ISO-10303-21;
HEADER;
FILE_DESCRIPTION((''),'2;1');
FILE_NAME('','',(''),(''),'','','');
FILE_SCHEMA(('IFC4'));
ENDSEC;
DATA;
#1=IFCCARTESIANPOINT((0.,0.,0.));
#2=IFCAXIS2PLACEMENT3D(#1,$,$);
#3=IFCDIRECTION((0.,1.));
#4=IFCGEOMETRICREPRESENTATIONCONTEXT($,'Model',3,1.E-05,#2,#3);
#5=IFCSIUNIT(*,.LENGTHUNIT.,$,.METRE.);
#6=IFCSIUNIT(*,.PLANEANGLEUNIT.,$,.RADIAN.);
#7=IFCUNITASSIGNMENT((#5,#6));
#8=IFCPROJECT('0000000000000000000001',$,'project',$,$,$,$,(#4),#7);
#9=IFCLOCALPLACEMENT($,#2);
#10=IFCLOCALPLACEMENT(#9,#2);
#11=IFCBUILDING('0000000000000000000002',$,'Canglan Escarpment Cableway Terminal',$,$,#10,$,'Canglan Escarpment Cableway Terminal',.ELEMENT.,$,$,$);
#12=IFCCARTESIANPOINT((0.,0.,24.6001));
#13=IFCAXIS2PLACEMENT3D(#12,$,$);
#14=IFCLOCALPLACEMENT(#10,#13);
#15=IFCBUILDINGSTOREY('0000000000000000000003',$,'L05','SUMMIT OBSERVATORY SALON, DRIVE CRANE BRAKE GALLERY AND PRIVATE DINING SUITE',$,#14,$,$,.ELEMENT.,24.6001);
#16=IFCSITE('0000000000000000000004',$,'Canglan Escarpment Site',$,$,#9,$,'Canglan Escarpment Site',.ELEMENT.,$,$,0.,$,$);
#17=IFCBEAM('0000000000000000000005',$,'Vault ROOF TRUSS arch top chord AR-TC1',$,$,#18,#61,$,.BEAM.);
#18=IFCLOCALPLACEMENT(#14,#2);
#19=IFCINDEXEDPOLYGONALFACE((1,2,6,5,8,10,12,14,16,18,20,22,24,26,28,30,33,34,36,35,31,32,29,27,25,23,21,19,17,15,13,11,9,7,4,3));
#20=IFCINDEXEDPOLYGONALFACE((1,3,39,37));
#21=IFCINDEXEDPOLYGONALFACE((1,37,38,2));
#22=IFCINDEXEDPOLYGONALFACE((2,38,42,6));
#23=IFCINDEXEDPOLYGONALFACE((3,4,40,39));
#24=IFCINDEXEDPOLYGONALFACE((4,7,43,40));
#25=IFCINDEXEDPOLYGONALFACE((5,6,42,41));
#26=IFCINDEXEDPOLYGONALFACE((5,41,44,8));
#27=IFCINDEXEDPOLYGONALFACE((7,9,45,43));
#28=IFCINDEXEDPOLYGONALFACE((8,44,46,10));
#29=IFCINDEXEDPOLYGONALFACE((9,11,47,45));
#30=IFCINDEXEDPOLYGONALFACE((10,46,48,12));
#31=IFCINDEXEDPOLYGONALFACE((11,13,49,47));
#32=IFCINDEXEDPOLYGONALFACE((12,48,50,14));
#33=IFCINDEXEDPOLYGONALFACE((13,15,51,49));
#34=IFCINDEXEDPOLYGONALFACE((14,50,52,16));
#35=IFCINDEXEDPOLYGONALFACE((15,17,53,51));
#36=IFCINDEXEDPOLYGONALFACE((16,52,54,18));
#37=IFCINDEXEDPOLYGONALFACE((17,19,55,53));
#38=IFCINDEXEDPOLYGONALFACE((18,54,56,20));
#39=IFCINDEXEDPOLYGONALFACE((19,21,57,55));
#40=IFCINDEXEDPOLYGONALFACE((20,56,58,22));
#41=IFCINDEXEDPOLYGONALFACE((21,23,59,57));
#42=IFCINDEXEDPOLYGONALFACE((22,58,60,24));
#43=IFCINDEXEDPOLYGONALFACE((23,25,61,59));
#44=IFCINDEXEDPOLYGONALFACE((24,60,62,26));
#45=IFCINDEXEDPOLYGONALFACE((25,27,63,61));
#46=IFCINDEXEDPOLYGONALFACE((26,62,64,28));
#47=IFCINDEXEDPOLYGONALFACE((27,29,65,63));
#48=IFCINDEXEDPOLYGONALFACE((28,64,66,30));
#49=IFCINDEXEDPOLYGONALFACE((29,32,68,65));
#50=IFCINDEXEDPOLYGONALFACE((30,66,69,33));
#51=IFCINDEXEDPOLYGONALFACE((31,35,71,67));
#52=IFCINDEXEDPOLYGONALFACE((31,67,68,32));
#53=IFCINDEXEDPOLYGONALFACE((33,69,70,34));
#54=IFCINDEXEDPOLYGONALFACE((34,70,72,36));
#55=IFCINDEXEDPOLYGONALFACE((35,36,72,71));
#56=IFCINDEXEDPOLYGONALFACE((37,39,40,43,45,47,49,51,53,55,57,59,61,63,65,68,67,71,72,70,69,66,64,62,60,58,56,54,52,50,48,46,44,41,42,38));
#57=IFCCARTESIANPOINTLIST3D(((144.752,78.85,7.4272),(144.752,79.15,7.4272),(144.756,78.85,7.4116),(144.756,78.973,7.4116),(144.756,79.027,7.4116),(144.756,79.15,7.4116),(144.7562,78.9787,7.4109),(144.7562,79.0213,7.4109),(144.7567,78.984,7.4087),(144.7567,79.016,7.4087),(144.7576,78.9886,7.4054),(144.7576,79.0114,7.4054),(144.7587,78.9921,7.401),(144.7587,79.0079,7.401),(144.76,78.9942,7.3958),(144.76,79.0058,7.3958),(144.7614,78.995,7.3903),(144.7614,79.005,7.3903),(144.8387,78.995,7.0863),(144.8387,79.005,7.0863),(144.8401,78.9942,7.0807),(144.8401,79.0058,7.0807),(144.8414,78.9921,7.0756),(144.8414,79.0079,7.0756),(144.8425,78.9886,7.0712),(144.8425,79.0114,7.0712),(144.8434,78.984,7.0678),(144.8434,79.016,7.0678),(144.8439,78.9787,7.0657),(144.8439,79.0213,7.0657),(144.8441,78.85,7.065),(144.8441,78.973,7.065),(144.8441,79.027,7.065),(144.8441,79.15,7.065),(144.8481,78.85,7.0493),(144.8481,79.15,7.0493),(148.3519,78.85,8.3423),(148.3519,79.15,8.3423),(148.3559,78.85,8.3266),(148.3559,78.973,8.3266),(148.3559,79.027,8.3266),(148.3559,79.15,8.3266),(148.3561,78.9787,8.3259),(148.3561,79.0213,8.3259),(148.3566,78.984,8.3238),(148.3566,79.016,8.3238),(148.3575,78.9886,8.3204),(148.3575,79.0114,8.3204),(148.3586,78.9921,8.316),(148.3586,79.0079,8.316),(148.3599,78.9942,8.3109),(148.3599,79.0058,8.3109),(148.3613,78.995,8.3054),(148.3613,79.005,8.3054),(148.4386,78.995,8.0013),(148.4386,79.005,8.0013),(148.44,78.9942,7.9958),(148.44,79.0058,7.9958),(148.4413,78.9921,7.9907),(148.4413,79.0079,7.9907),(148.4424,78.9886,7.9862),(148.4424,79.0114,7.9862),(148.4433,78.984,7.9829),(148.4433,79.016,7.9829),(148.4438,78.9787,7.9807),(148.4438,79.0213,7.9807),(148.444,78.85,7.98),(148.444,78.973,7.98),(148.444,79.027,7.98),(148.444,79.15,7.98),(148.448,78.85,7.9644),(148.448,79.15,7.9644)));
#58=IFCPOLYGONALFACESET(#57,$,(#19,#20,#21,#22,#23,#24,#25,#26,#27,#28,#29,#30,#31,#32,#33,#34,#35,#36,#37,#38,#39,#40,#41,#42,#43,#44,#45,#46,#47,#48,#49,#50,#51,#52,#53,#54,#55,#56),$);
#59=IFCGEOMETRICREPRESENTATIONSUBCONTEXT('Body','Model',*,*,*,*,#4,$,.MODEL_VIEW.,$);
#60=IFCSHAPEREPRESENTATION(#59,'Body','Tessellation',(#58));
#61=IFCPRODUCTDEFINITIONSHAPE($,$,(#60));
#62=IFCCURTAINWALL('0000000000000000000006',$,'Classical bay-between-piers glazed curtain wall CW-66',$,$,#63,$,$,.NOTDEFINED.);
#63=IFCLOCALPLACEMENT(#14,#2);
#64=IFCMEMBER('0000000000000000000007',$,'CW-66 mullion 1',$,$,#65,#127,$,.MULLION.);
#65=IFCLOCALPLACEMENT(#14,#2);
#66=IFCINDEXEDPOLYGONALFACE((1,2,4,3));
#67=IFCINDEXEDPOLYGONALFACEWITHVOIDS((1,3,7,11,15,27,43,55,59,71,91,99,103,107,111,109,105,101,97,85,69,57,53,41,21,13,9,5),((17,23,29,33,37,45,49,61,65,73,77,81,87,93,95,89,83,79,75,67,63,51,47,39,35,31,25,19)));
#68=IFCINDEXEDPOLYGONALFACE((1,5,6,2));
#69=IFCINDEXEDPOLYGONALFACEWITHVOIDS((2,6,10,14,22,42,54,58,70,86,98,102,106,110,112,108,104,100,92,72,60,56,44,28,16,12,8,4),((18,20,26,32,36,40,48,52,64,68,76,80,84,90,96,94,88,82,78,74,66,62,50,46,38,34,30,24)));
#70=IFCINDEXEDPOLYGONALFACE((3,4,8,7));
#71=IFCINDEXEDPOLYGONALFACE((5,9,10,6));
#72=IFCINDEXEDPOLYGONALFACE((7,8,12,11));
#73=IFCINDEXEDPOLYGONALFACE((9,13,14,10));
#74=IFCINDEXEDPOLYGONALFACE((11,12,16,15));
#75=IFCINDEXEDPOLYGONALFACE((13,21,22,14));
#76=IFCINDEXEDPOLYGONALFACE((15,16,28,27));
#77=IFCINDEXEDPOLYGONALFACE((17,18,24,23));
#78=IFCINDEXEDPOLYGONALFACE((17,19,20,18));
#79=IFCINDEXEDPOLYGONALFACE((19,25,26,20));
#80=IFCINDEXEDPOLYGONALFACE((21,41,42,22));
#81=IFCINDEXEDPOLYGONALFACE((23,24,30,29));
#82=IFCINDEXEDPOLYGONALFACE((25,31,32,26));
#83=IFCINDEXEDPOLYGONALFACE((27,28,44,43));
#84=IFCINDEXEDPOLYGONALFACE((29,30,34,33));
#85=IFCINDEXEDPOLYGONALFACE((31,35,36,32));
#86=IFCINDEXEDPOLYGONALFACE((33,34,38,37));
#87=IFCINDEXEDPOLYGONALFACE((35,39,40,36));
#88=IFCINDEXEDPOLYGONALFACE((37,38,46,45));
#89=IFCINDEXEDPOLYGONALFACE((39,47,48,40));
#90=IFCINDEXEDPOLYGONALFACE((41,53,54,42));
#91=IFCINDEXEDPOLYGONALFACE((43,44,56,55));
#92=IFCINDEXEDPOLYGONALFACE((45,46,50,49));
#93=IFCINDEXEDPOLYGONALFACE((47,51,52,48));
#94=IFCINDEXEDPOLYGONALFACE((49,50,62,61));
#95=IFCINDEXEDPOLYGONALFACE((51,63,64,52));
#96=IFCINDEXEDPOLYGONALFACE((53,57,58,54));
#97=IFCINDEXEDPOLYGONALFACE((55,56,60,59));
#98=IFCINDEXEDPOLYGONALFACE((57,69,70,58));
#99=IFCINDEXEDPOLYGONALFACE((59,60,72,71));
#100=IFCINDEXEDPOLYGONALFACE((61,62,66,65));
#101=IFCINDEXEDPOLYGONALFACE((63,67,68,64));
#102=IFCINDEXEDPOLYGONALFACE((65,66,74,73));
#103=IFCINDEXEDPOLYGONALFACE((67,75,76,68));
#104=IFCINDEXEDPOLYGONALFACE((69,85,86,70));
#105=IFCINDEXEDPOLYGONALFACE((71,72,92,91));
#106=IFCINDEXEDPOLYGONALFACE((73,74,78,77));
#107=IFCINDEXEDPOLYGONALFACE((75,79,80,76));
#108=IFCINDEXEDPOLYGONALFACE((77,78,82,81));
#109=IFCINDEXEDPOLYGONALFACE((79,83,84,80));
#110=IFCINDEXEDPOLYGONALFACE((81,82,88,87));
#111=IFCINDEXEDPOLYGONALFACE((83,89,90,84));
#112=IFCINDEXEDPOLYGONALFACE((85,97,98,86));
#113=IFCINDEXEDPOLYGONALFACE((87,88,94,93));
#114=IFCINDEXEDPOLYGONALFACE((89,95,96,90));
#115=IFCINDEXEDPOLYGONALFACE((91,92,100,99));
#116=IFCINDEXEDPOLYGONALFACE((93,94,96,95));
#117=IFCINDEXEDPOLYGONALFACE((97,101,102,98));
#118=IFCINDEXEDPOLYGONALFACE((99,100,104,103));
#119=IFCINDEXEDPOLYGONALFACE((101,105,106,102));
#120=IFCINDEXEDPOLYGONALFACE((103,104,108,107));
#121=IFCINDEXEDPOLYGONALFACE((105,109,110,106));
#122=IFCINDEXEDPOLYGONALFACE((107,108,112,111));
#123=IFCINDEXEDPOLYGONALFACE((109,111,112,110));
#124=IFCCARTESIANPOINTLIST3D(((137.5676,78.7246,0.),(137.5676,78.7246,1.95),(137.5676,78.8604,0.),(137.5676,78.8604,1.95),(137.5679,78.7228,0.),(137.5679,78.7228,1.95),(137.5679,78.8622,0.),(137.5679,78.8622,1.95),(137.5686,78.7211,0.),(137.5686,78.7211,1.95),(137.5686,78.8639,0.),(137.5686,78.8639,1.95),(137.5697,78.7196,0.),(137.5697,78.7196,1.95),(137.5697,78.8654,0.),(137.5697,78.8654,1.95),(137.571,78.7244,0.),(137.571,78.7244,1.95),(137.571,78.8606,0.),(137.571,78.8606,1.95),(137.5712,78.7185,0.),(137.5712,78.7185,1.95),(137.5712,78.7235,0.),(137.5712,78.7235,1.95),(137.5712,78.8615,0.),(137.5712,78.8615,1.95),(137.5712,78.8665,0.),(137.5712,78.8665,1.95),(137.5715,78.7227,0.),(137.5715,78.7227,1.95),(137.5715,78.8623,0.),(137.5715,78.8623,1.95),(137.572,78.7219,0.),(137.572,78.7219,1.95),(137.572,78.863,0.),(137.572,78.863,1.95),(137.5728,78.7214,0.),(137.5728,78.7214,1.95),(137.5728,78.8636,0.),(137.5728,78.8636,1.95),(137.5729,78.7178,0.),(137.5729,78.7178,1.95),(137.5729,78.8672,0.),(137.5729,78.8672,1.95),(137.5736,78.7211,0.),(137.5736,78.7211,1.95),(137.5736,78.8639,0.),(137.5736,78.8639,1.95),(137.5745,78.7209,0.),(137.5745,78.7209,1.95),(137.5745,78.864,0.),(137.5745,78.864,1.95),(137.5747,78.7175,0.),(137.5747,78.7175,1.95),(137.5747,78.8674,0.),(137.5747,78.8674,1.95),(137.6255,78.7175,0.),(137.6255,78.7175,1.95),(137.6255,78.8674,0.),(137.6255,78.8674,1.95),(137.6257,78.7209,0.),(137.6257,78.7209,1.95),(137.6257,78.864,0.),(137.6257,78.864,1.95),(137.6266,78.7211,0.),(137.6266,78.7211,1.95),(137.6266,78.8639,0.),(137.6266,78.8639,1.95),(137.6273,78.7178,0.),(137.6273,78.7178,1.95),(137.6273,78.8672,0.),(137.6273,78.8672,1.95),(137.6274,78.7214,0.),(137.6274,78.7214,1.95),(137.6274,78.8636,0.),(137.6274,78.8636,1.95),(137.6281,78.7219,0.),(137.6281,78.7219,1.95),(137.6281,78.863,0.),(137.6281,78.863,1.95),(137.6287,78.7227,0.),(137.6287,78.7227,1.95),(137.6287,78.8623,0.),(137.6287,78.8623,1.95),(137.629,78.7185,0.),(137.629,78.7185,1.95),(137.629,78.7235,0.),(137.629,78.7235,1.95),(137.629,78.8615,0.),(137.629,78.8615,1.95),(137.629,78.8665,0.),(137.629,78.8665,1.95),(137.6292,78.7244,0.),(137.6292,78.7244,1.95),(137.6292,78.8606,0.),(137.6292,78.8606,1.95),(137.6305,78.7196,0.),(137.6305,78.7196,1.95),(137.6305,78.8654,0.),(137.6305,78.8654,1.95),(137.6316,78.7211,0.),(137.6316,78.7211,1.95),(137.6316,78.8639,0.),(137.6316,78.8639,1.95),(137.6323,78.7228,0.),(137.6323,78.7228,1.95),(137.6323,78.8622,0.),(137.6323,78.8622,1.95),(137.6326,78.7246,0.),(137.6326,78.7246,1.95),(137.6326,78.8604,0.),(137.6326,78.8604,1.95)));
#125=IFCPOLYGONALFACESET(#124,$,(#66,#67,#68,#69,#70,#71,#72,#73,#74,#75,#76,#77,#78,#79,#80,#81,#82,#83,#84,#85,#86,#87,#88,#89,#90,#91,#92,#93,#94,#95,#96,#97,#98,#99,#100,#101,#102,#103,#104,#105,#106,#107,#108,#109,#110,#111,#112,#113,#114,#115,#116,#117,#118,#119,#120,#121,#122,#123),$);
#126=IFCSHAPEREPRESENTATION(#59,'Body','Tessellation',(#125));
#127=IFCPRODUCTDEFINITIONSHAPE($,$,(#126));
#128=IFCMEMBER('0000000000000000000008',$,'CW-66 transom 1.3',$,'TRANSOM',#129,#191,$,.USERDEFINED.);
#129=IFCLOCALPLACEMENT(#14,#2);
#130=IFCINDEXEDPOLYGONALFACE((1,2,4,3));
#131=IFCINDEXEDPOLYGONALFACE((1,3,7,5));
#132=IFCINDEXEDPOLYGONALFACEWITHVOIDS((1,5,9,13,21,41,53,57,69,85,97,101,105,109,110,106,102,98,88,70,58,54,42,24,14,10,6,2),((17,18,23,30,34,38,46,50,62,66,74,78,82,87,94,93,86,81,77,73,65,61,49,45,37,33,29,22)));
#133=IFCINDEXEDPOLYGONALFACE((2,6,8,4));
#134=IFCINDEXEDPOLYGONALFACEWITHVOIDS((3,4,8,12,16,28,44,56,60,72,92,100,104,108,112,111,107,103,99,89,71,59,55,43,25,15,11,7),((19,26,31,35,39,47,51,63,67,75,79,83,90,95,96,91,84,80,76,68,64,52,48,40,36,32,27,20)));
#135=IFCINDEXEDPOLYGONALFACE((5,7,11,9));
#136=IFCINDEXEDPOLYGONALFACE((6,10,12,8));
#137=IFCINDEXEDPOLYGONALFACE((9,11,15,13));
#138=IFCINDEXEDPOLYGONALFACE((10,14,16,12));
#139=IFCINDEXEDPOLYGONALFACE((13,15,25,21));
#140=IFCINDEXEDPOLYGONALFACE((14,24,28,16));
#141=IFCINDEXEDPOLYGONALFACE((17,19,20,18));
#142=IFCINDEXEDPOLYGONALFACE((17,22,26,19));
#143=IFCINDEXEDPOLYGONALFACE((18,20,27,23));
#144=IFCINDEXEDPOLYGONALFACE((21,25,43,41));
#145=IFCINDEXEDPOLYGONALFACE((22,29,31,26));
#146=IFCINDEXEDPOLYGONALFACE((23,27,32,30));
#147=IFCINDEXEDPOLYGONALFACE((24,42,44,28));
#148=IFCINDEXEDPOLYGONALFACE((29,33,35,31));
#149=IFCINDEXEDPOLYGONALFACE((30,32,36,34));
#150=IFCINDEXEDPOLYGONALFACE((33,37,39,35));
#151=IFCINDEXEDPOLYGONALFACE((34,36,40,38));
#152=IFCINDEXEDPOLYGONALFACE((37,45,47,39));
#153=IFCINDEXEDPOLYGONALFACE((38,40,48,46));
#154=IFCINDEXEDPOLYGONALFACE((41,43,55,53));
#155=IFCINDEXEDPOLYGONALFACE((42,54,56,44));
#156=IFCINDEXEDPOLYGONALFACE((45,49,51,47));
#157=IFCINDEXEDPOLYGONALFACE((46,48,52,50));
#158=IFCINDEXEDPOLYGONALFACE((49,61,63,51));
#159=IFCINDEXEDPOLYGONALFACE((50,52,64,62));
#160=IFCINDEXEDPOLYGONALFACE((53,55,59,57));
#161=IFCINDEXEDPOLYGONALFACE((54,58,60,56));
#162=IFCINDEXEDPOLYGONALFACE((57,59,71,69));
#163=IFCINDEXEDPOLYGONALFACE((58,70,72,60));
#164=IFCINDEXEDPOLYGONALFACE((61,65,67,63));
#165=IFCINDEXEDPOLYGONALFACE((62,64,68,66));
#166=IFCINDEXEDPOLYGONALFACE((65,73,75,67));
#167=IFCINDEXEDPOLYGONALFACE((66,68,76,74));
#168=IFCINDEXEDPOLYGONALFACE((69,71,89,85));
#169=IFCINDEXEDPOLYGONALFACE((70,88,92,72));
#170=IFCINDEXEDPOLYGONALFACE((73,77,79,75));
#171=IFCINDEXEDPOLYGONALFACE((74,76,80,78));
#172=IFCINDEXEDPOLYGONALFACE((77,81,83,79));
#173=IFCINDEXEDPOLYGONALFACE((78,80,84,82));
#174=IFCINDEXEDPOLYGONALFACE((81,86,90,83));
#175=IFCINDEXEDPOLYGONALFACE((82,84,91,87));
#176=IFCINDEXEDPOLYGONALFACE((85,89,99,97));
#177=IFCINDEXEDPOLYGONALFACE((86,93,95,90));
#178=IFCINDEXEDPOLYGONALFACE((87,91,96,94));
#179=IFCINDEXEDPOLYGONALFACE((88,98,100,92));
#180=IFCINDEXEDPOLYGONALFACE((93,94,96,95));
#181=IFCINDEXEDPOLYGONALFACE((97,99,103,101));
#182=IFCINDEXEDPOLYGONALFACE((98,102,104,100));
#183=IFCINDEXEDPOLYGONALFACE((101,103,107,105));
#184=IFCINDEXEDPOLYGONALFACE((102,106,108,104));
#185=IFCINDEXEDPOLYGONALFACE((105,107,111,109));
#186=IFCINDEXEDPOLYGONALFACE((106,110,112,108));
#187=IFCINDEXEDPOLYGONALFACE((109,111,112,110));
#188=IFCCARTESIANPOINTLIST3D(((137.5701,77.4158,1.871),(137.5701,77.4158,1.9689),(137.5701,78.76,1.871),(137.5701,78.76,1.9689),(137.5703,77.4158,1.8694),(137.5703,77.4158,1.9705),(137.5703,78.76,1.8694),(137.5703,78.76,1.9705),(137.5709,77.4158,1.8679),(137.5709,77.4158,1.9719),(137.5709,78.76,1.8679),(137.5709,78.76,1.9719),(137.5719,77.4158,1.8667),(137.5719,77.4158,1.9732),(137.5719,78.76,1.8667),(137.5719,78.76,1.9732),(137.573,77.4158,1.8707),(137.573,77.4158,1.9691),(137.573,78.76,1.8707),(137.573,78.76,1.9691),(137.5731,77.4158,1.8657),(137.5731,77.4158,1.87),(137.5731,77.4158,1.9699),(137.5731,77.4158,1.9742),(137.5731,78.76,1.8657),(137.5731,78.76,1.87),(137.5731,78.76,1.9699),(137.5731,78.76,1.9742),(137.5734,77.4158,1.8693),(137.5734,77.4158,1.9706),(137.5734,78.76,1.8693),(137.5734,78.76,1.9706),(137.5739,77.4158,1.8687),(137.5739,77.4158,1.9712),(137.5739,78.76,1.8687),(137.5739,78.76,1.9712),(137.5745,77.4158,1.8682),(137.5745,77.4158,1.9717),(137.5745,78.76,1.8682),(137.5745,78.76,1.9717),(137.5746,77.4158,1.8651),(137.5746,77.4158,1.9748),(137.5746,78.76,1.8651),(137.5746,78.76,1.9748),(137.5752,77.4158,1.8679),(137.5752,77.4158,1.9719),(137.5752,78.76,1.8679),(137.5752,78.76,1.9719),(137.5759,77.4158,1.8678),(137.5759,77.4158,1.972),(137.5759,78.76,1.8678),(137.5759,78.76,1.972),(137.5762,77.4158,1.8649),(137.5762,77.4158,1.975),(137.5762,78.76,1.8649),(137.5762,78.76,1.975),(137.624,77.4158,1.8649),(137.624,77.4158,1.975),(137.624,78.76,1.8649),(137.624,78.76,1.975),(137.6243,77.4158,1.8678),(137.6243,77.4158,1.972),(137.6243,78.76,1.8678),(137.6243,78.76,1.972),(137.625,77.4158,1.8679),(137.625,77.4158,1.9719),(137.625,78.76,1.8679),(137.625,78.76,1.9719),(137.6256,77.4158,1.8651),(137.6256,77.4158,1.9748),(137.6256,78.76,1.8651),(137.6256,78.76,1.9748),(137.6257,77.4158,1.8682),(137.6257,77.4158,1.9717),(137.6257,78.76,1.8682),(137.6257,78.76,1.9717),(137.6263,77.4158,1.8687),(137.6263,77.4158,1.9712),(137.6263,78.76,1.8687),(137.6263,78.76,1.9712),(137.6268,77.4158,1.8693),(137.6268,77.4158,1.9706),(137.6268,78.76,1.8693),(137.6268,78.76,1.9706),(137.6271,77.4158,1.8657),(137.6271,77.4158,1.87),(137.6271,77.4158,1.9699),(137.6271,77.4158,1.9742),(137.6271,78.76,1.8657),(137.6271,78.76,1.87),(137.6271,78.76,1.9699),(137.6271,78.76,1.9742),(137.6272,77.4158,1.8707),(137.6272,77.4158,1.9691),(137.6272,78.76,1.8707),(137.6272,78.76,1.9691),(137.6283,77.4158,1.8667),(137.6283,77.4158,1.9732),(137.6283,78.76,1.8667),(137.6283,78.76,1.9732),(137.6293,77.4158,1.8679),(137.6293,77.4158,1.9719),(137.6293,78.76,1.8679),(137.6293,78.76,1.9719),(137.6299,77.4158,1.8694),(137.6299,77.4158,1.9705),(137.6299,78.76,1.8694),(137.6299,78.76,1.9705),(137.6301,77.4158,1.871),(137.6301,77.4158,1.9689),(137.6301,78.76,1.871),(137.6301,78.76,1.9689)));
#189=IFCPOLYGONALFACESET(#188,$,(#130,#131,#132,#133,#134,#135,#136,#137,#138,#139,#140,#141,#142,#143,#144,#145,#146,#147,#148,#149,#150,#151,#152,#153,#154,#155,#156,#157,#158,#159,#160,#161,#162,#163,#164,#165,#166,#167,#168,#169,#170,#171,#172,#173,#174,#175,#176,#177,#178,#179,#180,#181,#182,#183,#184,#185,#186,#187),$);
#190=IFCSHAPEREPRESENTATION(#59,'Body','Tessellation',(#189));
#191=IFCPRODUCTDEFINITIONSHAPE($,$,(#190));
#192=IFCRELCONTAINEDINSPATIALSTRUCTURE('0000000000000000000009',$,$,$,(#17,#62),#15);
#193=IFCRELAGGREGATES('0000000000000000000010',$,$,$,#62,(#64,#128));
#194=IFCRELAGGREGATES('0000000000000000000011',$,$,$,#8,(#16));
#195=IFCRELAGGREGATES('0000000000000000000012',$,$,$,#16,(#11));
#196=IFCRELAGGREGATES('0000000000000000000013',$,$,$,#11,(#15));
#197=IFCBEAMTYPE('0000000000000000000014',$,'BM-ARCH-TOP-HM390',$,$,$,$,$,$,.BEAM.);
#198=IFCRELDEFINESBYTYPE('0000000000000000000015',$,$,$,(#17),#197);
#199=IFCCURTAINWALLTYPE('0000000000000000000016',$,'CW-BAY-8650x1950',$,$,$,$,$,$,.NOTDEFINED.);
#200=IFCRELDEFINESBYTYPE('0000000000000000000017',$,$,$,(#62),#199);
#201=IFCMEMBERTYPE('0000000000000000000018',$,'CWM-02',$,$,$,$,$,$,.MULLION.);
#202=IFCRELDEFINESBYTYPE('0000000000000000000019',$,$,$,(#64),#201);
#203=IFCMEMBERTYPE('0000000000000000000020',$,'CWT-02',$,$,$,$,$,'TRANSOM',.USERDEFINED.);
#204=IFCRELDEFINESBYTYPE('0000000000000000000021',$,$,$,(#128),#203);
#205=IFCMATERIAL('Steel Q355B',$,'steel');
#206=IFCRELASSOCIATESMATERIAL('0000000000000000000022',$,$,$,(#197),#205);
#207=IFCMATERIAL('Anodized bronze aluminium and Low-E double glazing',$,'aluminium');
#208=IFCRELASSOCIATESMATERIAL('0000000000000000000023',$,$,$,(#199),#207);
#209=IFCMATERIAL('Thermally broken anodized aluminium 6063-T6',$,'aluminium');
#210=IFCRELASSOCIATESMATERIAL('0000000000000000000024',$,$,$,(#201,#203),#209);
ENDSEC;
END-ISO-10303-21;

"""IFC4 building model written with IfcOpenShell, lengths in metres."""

from ifc_helpers import new_model, si_unit, direction, frame, origin, origin_2d, place, context, subcontext, project, spatial, hollow_rectangle, i_section, extrude, material, material_profile, profile_set, type_object, element, aggregate, save


model = new_model("IFC4")

# Units and contexts
model_context = context("Model", 3, precision=1e-05, world=origin(), true_north=direction((0.0, 1.0)))
body_context = subcontext(model_context, "Body", "Model", "MODEL_VIEW")
ifc_project = project(units=[si_unit("LENGTHUNIT", "METRE"), si_unit("PLANEANGLEUNIT", "RADIAN")], contexts=[model_context])

# Site, building, storey
site_placement = place(None, origin())
site = spatial("IfcSite", under=ifc_project, at=site_placement, Name="Canglan Escarpment Site", LongName="Canglan Escarpment Site", CompositionType="ELEMENT", RefElevation=0.0)
building_placement = place(site_placement, origin())
building = spatial("IfcBuilding", under=site, at=building_placement, Name="Canglan Escarpment Cableway Terminal", LongName="Canglan Escarpment Cableway Terminal", CompositionType="ELEMENT")
storey_placement = place(building_placement, frame((0.0, 0.0, 24.6001)))
storey = spatial("IfcBuildingStorey", under=building, at=storey_placement, Name="L05", Description="SUMMIT OBSERVATORY SALON, DRIVE CRANE BRAKE GALLERY AND PRIVATE DINING SUITE", CompositionType="ELEMENT", Elevation=24.6001)

# Beam
ifc_material_1 = material(Name="Steel Q355B", Category="steel")
ifc_material_profile_1 = material_profile(ifc_material_1, i_section(OverallWidth=0.3, OverallDepth=0.3899, WebThickness=0.01, FlangeThickness=0.0161, FilletRadius=0.022, at=origin_2d()), Name="HM 390x300x10x16")
ifc_profile_set_1 = profile_set([ifc_material_profile_1], Name="Steel Q355B")
beam_type = type_object("IfcBeamType", Name="BM-ARCH-TOP-HM390", PredefinedType="BEAM", material=ifc_profile_set_1)
beam_1_placement = place(storey_placement, frame((144.8, 79.0, 7.2383), z_axis=(0.96918, 0.0, 0.246354), x_axis=(0.0, 1.0, 0.0)))
element("IfcBeam", 1, at=beam_1_placement, inside=storey, type_object=beam_type, Name="Vault ROOF TRUSS arch top chord AR-TC1", PredefinedType="BEAM", context=body_context, shape_type="SweptSolid", body=[
    extrude(i_section(OverallWidth=0.3, OverallDepth=0.3899, WebThickness=0.01, FlangeThickness=0.0161, FilletRadius=0.022, at=origin_2d()), origin(), (0.0, 0.0, 1.0), 3.7144),
])

# Curtain wall, members
ifc_material_2 = material(Name="Anodized bronze aluminium and Low-E double glazing", Category="aluminium")
curtain_wall_type = type_object("IfcCurtainWallType", Name="CW-BAY-8650x1950", PredefinedType="NOTDEFINED", material=ifc_material_2)
curtain_wall_placement = place(storey_placement, origin())
curtain_wall = element("IfcCurtainWall", 2, at=curtain_wall_placement, inside=storey, type_object=curtain_wall_type, Name="Classical bay-between-piers glazed curtain wall CW-66", PredefinedType="NOTDEFINED")
ifc_material_3 = material(Name="Thermally broken anodized aluminium 6063-T6", Category="aluminium")
ifc_material_profile_2 = material_profile(ifc_material_3, hollow_rectangle(XDim=0.0649, YDim=0.1499, WallThickness=0.0034, InnerFilletRadius=0.0034, OuterFilletRadius=0.0071, at=origin_2d()), Name="ALU-MULL 65x150x3.5")
ifc_profile_set_2 = profile_set([ifc_material_profile_2], Name="Thermally broken anodized aluminium 6063-T6")
member_type_1 = type_object("IfcMemberType", Name="CWM-02", PredefinedType="MULLION", material=ifc_profile_set_2)
member_1_placement = place(storey_placement, frame((137.6001, 78.7925, 0.0), z_axis=(0.0, 0.0, 1.0), x_axis=(1.0, 0.0, 0.0)))
member_1 = element("IfcMember", 3, at=member_1_placement, type_object=member_type_1, Name="CW-66 mullion 1", PredefinedType="MULLION", context=body_context, shape_type="SweptSolid", body=[
    extrude(hollow_rectangle(XDim=0.0649, YDim=0.1499, WallThickness=0.0034, InnerFilletRadius=0.0034, OuterFilletRadius=0.0071, at=origin_2d()), origin(), (0.0, 0.0, 1.0), 1.95),
])
ifc_material_profile_3 = material_profile(ifc_material_3, hollow_rectangle(XDim=0.0601, YDim=0.1101, WallThickness=0.0029, InnerFilletRadius=0.0029, OuterFilletRadius=0.0061, at=origin_2d()), Name="ALU-TRAN 60x110x3")
ifc_profile_set_3 = profile_set([ifc_material_profile_3], Name="Thermally broken anodized aluminium 6063-T6")
member_type_2 = type_object("IfcMemberType", Name="CWT-02", ElementType="TRANSOM", PredefinedType="USERDEFINED", material=ifc_profile_set_3)
member_2_placement = place(storey_placement, frame((137.6001, 78.76, 1.9199), z_axis=(0.0, -1.0, 0.0), x_axis=(1.0, 0.0, 0.0)))
member_2 = element("IfcMember", 4, at=member_2_placement, type_object=member_type_2, Name="CW-66 transom 1.3", ObjectType="TRANSOM", PredefinedType="USERDEFINED", context=body_context, shape_type="SweptSolid", body=[
    extrude(hollow_rectangle(XDim=0.0601, YDim=0.1101, WallThickness=0.0029, InnerFilletRadius=0.0029, OuterFilletRadius=0.0061, at=origin_2d()), origin(), (0.0, 0.0, 1.0), 1.3442),
])
aggregate(curtain_wall, [member_1, member_2])

save(model, "model.ifc")
